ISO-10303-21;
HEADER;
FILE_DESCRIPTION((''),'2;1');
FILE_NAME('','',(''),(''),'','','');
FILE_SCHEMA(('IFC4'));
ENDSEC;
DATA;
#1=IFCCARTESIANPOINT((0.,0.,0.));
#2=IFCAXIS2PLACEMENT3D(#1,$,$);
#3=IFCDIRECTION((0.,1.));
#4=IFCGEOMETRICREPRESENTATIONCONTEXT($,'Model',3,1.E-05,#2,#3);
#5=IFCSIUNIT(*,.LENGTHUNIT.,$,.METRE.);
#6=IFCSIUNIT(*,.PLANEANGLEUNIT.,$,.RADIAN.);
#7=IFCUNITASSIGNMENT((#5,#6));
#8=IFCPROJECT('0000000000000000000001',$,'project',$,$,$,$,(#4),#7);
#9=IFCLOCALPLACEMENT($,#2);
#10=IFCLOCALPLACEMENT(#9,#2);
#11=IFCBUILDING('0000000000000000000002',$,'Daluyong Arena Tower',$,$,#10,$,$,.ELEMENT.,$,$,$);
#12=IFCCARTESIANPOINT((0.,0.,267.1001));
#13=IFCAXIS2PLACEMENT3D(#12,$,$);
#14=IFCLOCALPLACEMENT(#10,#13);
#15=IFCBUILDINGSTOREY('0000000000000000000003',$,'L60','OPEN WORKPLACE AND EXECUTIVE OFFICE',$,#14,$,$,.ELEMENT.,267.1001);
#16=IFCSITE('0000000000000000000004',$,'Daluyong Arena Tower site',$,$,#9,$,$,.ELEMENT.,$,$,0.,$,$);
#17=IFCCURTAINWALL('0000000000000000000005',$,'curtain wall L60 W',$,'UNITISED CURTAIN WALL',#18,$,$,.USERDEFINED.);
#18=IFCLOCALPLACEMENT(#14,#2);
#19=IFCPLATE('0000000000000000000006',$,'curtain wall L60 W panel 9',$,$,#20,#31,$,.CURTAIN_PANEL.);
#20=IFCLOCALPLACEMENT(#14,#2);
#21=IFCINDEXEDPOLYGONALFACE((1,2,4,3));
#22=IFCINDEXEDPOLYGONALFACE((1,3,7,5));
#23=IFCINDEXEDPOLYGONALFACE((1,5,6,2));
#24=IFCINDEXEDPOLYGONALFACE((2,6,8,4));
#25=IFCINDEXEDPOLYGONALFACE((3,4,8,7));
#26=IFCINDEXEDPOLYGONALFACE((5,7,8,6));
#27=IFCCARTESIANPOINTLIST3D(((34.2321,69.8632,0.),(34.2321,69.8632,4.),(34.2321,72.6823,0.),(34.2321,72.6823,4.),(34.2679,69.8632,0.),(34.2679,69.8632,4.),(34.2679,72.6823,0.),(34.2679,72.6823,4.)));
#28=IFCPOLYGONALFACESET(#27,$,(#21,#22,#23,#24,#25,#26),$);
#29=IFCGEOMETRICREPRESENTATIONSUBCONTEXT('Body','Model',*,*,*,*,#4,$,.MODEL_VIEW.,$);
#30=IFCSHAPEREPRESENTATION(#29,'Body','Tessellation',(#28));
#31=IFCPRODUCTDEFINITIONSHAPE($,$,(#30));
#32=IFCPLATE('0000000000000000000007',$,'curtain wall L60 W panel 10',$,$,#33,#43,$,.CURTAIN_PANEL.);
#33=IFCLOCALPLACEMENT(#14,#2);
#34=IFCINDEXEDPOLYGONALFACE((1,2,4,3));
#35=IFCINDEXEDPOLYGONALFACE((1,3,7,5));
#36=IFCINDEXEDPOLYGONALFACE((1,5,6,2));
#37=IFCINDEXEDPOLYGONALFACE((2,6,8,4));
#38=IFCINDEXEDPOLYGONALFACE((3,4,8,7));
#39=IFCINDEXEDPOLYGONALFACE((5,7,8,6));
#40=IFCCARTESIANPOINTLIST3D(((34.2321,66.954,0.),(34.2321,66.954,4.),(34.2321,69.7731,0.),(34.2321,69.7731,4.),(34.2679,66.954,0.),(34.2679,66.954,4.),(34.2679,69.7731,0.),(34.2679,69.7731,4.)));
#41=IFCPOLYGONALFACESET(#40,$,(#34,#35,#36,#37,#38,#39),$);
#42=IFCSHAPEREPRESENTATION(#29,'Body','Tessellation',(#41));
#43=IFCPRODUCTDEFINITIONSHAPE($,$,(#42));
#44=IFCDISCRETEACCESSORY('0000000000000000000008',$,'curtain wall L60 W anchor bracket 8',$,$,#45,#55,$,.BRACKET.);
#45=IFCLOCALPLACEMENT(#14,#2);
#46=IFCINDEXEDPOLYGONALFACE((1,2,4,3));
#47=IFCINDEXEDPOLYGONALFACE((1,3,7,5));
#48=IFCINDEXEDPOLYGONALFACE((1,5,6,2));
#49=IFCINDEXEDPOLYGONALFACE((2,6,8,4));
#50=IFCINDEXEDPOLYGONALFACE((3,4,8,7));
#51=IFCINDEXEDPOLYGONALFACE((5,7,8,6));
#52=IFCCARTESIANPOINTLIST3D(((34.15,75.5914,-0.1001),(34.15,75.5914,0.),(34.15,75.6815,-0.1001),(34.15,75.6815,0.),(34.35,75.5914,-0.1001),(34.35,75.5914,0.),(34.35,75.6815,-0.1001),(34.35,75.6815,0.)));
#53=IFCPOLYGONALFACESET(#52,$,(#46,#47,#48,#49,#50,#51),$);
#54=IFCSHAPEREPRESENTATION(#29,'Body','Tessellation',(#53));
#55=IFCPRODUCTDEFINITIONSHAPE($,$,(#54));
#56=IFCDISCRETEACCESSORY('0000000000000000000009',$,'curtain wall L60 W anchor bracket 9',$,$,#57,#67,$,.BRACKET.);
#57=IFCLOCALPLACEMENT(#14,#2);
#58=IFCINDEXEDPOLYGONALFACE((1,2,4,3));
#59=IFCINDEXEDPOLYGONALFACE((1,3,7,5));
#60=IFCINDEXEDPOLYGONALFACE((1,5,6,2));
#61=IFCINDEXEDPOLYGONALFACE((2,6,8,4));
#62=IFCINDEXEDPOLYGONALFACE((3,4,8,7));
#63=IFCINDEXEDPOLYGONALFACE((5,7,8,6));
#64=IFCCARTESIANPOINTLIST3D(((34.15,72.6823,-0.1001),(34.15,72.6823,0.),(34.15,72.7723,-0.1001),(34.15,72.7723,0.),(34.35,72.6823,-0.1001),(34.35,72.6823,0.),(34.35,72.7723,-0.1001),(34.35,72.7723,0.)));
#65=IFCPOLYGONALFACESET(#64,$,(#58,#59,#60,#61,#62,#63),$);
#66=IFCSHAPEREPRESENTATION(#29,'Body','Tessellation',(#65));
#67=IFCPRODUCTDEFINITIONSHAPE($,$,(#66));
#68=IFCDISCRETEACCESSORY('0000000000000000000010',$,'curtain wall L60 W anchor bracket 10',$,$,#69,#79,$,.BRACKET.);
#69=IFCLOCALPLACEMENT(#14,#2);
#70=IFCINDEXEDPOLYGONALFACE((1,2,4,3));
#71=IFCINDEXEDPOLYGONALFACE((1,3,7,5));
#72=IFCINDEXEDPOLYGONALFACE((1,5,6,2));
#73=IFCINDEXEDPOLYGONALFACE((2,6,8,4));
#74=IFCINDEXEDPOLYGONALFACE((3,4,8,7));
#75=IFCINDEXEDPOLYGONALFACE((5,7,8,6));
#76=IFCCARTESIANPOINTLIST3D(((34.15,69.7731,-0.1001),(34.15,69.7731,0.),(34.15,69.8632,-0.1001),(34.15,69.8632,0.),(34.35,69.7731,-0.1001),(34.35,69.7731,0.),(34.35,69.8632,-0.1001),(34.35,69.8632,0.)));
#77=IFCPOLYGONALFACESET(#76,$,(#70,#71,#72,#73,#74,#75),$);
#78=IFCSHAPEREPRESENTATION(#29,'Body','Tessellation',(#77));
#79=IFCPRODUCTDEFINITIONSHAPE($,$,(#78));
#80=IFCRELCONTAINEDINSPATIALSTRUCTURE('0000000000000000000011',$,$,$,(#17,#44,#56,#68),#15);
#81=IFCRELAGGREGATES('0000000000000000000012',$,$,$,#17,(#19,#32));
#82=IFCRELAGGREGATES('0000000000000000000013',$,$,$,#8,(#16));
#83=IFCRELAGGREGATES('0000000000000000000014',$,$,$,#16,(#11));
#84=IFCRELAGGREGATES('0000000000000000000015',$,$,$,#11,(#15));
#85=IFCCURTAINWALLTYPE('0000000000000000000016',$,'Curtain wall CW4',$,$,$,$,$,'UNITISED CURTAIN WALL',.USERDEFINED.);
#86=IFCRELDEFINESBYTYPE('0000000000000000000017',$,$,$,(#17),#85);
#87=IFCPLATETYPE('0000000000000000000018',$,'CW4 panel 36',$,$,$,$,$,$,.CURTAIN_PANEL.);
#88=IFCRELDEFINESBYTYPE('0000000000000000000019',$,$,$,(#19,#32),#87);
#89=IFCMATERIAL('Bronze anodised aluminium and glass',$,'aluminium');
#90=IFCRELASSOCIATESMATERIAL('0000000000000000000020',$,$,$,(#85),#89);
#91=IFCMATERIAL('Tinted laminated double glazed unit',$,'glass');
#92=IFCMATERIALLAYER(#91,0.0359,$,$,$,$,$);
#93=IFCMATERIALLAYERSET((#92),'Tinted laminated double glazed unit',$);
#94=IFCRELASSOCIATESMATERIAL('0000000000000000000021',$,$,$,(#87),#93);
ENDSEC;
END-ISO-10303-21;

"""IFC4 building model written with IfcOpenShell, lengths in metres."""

from ifc_helpers import new_model, si_unit, direction, frame, origin, origin_2d, place, context, subcontext, project, spatial, rectangle, extrude, material, layer, layer_set, type_object, element, aggregate, save


model = new_model("IFC4")

# Units and contexts
model_context = context("Model", 3, precision=1e-05, world=origin(), true_north=direction((0.0, 1.0)))
body_context = subcontext(model_context, "Body", "Model", "MODEL_VIEW")
ifc_project = project(units=[si_unit("LENGTHUNIT", "METRE"), si_unit("PLANEANGLEUNIT", "RADIAN")], contexts=[model_context])

# Site, building, storey
site_placement = place(None, origin())
site = spatial("IfcSite", under=ifc_project, at=site_placement, Name="Daluyong Arena Tower site", CompositionType="ELEMENT", RefElevation=0.0)
building_placement = place(site_placement, origin())
building = spatial("IfcBuilding", under=site, at=building_placement, Name="Daluyong Arena Tower", CompositionType="ELEMENT")
storey_placement = place(building_placement, frame((0.0, 0.0, 267.1001)))
storey = spatial("IfcBuildingStorey", under=building, at=storey_placement, Name="L60", Description="OPEN WORKPLACE AND EXECUTIVE OFFICE", CompositionType="ELEMENT", Elevation=267.1001)

# Curtain wall
ifc_material_1 = material(Name="Bronze anodised aluminium and glass", Category="aluminium")
curtain_wall_type = type_object("IfcCurtainWallType", Name="Curtain wall CW4", ElementType="UNITISED CURTAIN WALL", PredefinedType="USERDEFINED", material=ifc_material_1)
curtain_wall_placement = place(storey_placement, origin())
curtain_wall = element("IfcCurtainWall", 1, at=curtain_wall_placement, inside=storey, type_object=curtain_wall_type, Name="curtain wall L60 W", ObjectType="UNITISED CURTAIN WALL", PredefinedType="USERDEFINED")

# Plates
ifc_material_2 = material(Name="Tinted laminated double glazed unit", Category="glass")
ifc_layer = layer(ifc_material_2, 0.0359)
ifc_layer_set = layer_set([ifc_layer], Name="Tinted laminated double glazed unit")
plate_type = type_object("IfcPlateType", Name="CW4 panel 36", PredefinedType="CURTAIN_PANEL", material=ifc_layer_set)
plate_1_placement = place(storey_placement, frame((34.25, 71.2727, 0.0), z_axis=(0.0, 0.0, 1.0), x_axis=(0.0, -1.0, 0.0)))
plate_1 = element("IfcPlate", 2, at=plate_1_placement, type_object=plate_type, Name="curtain wall L60 W panel 9", PredefinedType="CURTAIN_PANEL", context=body_context, shape_type="SweptSolid", body=[
    extrude(rectangle(XDim=2.8191, YDim=0.0359, at=origin_2d()), origin(), (0.0, 0.0, 1.0), 4.0),
])
plate_2_placement = place(storey_placement, frame((34.25, 68.3635, 0.0), z_axis=(0.0, 0.0, 1.0), x_axis=(0.0, -1.0, 0.0)))
plate_2 = element("IfcPlate", 3, at=plate_2_placement, type_object=plate_type, Name="curtain wall L60 W panel 10", PredefinedType="CURTAIN_PANEL", context=body_context, shape_type="SweptSolid", body=[
    extrude(rectangle(XDim=2.8191, YDim=0.0359, at=origin_2d()), origin(), (0.0, 0.0, 1.0), 4.0),
])
aggregate(curtain_wall, [plate_1, plate_2])

# Discrete accessories
for number, where, z_axis, x_axis, name in (
    (4, (34.25, 75.6365, -0.1001), (0.0, 0.0, 1.0), (0.0, -1.0, 0.0), "curtain wall L60 W anchor bracket 8"),
    (5, (34.25, 72.7273, -0.1001), (0.0, 0.0, 1.0), (0.0, -1.0, 0.0), "curtain wall L60 W anchor bracket 9"),
    (6, (34.25, 69.8181, -0.1001), (0.0, 0.0, 1.0), (0.0, -1.0, 0.0), "curtain wall L60 W anchor bracket 10"),
):
    element("IfcDiscreteAccessory", number, at=place(storey_placement, frame(where, z_axis=z_axis, x_axis=x_axis)), inside=storey, Name=name, PredefinedType="BRACKET", context=body_context, shape_type="SweptSolid", body=[
        extrude(rectangle(XDim=0.0901, YDim=0.2, at=origin_2d()), origin(), (0.0, 0.0, 1.0), 0.1001),
    ])

save(model, "model.ifc")
